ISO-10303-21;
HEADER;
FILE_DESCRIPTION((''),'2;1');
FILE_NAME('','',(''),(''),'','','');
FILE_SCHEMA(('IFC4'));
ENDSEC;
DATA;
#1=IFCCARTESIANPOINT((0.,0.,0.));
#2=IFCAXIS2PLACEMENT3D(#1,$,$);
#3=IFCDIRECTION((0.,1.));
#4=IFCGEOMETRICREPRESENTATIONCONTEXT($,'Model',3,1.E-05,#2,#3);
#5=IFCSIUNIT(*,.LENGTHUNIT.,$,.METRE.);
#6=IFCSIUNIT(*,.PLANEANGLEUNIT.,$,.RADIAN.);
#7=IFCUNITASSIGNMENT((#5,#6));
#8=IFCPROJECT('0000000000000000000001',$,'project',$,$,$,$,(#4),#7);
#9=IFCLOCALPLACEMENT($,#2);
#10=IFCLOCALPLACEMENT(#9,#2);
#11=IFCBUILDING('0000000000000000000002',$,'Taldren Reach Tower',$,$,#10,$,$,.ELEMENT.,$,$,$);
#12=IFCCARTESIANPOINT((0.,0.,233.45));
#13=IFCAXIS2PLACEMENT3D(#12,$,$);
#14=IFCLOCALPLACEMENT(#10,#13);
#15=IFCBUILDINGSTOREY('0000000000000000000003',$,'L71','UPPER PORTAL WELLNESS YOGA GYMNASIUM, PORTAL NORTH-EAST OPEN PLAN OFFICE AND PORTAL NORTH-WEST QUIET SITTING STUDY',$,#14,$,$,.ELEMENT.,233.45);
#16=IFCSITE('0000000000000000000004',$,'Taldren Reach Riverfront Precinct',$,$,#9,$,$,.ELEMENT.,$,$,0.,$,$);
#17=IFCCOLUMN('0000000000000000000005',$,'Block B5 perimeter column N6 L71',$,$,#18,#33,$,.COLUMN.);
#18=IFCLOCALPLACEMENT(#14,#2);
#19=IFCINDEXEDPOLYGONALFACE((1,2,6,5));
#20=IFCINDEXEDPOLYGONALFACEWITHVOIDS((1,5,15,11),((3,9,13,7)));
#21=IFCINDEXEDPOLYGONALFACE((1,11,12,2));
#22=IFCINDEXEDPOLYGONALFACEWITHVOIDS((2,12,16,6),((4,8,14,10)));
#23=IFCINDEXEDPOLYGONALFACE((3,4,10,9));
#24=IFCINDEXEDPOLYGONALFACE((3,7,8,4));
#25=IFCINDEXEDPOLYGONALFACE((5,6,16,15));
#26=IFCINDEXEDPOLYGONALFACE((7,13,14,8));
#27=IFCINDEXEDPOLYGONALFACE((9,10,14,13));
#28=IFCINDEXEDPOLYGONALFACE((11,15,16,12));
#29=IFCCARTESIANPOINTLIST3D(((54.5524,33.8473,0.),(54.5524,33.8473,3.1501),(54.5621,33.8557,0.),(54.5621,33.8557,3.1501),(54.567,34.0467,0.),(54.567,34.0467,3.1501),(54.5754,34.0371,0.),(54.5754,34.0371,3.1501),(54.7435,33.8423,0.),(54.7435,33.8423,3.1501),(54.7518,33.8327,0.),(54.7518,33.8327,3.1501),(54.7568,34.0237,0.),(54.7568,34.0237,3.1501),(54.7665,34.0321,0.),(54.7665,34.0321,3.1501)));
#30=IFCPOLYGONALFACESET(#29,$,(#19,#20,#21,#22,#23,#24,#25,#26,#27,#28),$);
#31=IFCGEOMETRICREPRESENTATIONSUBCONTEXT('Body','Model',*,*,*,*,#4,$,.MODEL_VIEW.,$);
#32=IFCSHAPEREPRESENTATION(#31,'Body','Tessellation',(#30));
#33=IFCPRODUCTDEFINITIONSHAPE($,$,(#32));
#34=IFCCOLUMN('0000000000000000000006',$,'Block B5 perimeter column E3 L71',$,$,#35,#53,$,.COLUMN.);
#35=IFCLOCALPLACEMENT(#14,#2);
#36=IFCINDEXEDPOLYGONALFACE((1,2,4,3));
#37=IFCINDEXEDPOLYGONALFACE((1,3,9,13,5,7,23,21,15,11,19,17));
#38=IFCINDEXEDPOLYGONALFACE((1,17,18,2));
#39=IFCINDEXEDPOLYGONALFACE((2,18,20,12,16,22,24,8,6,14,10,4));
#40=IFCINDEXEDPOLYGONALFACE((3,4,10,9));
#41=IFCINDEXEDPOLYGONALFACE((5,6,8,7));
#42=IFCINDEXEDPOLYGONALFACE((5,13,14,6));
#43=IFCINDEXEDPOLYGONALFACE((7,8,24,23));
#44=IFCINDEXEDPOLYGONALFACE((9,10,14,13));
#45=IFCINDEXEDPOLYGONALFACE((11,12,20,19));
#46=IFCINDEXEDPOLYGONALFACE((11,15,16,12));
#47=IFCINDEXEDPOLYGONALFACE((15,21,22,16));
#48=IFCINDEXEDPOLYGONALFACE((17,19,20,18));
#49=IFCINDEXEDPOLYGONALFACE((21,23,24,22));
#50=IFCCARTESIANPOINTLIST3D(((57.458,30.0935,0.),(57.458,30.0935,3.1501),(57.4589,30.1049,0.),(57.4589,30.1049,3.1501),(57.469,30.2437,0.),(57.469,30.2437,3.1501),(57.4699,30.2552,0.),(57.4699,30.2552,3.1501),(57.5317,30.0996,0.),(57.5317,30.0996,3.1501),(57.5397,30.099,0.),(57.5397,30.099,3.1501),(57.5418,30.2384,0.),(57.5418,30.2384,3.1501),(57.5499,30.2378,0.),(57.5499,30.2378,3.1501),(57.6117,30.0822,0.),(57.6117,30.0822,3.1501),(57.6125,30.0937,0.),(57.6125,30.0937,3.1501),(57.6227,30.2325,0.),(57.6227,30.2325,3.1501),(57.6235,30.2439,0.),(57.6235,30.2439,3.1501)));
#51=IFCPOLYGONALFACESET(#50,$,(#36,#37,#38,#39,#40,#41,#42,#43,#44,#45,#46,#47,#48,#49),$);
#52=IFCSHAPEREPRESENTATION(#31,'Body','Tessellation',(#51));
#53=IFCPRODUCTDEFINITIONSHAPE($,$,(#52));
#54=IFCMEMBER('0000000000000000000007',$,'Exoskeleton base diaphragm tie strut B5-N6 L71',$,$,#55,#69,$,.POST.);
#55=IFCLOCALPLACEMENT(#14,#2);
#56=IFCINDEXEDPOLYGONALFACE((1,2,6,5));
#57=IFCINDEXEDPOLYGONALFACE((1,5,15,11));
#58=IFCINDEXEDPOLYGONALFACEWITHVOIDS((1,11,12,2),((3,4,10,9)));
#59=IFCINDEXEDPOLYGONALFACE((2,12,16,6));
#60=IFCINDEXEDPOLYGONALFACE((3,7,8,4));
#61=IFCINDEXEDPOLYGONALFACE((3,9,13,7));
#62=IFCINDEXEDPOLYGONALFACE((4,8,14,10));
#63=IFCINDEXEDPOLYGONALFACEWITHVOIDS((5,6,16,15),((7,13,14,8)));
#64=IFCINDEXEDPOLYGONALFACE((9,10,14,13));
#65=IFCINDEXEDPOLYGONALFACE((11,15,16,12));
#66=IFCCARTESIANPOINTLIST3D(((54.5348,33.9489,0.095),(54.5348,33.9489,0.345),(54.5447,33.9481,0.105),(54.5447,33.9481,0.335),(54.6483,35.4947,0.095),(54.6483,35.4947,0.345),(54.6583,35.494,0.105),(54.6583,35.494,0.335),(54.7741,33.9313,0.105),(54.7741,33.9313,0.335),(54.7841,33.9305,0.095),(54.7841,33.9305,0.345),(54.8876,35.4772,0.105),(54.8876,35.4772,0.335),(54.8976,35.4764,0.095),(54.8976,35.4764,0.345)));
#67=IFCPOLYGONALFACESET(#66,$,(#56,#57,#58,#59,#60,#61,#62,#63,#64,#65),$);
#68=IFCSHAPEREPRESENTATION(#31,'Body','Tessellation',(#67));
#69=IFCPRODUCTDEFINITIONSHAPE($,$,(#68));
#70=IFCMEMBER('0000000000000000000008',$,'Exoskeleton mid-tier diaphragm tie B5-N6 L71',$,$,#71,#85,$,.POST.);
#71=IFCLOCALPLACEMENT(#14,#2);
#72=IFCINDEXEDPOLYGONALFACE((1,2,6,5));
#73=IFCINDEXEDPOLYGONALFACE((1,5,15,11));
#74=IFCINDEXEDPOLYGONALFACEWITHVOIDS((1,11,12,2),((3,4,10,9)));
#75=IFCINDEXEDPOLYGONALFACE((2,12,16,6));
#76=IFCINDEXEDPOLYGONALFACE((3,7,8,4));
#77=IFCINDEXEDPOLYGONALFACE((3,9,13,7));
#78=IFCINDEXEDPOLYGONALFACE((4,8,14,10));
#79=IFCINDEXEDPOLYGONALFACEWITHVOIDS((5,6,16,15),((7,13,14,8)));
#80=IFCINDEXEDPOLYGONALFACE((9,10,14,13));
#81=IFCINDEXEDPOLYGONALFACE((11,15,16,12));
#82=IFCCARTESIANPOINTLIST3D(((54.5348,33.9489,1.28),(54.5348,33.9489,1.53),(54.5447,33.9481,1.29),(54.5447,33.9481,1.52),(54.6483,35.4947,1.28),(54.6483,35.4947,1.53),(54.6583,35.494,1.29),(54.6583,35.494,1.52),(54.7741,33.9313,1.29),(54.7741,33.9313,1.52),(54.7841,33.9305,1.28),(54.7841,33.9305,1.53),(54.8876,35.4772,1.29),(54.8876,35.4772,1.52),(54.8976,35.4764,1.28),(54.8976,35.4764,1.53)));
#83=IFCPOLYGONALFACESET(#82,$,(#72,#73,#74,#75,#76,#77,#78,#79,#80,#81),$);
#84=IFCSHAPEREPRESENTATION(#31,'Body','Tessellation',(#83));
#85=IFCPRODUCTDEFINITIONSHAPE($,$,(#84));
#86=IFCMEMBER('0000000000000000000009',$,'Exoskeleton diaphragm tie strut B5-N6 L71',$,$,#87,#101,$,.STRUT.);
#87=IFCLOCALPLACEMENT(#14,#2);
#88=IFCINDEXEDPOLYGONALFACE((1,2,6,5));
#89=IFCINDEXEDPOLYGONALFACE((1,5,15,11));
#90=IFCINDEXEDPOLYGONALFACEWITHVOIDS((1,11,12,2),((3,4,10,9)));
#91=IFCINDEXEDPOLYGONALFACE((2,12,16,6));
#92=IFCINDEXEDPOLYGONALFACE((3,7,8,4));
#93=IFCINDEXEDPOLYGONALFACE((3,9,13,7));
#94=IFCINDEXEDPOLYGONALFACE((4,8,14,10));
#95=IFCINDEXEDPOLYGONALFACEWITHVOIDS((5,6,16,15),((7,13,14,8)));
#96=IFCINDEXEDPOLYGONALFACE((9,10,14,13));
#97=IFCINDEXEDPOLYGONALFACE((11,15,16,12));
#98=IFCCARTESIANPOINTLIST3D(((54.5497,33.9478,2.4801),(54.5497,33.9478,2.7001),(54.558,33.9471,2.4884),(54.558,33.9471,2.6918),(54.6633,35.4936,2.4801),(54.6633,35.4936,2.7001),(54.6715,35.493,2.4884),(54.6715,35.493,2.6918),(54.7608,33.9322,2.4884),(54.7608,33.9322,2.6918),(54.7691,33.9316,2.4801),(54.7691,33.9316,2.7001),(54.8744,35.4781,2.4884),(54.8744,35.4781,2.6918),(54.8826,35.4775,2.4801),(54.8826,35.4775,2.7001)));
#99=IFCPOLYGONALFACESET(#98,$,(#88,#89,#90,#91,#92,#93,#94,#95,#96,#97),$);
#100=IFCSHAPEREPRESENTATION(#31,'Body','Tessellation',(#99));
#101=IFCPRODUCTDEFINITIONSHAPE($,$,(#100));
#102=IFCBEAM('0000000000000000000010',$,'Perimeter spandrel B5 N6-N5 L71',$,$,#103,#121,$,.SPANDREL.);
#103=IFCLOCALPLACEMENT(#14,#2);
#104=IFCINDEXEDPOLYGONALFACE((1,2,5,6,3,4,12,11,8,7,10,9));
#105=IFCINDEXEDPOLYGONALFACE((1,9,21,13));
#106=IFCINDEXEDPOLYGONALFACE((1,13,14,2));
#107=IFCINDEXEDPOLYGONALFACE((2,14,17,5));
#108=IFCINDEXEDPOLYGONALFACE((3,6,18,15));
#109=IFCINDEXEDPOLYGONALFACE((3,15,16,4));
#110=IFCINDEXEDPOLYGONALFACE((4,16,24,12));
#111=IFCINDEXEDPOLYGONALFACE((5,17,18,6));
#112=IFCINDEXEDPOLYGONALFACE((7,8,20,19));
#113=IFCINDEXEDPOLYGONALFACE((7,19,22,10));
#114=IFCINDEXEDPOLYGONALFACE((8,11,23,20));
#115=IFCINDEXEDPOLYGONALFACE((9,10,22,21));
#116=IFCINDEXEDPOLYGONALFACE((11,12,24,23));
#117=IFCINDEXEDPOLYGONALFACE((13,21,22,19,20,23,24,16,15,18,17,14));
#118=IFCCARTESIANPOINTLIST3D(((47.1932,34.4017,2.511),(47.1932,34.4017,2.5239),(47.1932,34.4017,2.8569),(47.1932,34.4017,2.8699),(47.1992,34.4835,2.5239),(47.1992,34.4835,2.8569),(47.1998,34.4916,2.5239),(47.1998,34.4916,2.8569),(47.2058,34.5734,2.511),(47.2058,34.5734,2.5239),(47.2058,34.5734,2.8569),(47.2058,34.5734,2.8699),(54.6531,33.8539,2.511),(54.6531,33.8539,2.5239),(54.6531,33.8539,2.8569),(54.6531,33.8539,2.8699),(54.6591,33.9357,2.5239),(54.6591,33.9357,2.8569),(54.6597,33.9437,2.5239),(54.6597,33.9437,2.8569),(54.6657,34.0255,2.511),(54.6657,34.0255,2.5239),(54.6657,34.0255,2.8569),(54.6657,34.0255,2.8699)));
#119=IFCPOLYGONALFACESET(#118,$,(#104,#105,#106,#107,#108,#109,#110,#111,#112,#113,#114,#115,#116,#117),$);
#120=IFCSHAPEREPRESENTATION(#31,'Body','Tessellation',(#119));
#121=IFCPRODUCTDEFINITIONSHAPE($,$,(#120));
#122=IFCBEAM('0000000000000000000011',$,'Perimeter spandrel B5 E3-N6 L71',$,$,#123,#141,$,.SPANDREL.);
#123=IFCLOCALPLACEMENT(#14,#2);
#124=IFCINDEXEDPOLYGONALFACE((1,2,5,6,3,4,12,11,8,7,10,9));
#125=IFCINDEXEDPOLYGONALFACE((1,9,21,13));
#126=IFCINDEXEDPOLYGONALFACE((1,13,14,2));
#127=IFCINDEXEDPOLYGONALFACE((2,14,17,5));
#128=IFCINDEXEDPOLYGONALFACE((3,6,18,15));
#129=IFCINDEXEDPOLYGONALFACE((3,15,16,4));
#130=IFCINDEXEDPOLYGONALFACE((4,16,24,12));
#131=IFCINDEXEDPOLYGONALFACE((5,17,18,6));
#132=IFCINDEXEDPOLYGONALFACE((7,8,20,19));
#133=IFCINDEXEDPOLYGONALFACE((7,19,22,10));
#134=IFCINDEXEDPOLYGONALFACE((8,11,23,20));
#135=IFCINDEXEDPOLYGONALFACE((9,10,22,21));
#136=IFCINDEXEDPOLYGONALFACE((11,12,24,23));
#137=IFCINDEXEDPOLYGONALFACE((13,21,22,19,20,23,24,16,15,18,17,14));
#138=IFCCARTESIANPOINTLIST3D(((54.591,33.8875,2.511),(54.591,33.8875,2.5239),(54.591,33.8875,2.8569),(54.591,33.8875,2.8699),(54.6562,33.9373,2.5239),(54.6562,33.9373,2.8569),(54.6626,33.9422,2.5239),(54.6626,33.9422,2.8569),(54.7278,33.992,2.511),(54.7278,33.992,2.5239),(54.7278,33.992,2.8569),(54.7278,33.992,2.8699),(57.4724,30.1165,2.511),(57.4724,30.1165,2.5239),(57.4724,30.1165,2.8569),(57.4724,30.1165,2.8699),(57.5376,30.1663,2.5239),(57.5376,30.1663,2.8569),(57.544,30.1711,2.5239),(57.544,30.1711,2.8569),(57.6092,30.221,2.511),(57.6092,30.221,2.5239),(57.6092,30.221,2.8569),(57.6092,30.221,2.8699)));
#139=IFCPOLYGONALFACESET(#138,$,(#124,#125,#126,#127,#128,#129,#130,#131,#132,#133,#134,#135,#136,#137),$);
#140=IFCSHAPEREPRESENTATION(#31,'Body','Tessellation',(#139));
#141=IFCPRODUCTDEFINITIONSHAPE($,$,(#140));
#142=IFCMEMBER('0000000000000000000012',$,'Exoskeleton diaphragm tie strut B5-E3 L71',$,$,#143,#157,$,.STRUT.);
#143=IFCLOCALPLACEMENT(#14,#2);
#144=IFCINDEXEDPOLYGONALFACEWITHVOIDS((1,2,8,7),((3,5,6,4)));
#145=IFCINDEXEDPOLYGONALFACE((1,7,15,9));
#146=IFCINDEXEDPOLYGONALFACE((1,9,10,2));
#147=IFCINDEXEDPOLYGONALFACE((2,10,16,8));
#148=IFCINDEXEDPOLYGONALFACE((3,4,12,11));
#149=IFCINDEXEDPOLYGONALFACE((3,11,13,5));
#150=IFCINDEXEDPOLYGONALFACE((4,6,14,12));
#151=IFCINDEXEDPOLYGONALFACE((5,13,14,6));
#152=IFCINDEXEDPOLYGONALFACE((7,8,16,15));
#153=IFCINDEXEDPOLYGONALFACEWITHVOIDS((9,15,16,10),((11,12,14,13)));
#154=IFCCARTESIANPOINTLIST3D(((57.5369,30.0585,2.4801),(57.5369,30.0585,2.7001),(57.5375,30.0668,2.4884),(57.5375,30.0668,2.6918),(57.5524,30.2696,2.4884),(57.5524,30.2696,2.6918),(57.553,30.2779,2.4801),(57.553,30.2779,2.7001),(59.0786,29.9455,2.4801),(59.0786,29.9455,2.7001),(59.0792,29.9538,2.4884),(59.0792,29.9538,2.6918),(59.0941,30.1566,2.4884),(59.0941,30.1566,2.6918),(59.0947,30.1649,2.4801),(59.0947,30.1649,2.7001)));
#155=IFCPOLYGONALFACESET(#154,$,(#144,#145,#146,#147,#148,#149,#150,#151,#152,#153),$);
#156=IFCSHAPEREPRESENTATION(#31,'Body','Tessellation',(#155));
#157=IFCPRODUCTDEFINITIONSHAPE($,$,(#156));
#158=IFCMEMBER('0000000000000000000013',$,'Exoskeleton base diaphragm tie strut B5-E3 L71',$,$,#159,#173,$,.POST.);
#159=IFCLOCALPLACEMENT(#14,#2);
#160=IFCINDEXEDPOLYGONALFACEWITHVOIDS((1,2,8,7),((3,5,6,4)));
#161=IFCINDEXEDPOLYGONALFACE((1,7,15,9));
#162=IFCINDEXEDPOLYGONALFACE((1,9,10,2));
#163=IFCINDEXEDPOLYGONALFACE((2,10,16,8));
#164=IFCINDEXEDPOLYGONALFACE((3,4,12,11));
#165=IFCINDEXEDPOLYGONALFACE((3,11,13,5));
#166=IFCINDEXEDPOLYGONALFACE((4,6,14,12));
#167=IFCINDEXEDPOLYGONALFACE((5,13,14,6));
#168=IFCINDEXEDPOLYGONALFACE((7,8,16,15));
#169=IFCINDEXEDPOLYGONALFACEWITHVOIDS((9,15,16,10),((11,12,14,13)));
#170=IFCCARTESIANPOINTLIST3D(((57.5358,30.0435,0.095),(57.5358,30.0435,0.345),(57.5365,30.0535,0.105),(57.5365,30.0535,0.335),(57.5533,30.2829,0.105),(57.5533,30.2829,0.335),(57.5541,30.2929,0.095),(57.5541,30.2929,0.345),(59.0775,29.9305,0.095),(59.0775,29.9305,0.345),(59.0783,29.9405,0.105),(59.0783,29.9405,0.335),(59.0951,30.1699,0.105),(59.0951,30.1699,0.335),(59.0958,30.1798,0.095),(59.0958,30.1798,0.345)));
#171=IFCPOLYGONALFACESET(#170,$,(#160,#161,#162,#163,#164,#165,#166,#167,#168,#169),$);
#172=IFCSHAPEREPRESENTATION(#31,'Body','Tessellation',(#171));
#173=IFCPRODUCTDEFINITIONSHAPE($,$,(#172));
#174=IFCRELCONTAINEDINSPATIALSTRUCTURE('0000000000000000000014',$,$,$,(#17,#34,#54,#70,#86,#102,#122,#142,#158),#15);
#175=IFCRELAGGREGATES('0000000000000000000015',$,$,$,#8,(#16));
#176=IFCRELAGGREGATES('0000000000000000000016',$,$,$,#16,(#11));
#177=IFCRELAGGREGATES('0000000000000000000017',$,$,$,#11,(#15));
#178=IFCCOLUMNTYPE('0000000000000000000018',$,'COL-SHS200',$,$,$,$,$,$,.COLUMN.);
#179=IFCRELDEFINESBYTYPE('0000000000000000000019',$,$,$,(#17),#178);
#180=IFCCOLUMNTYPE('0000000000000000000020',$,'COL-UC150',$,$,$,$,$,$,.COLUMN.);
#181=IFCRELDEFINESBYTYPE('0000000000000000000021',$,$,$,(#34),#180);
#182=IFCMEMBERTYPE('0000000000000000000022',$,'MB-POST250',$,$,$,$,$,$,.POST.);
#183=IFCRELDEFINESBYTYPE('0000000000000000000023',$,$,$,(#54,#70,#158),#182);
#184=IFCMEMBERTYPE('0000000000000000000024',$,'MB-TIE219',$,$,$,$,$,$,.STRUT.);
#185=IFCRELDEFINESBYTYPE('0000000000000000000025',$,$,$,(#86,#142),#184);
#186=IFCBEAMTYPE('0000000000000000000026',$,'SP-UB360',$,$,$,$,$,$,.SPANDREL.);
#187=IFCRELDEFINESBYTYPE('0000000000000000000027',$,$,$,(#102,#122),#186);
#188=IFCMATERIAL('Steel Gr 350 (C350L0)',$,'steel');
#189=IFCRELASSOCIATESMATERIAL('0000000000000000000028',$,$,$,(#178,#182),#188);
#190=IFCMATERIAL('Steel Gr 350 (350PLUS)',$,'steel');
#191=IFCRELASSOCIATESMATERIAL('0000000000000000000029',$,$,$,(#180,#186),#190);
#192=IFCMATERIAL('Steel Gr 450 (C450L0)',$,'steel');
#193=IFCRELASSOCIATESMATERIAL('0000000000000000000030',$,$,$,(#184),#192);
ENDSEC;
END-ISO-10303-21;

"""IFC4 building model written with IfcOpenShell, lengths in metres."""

from ifc_helpers import new_model, si_unit, direction, frame, origin, origin_2d, place, context, subcontext, project, spatial, hollow_rectangle, i_section, extrude, source, transform, mapped, material, material_profile, profile_set, type_object, element, save


model = new_model("IFC4")

# Units and contexts
model_context = context("Model", 3, precision=1e-05, world=origin(), true_north=direction((0.0, 1.0)))
body_context = subcontext(model_context, "Body", "Model", "MODEL_VIEW")
ifc_project = project(units=[si_unit("LENGTHUNIT", "METRE"), si_unit("PLANEANGLEUNIT", "RADIAN")], contexts=[model_context])

# Site, building, storey
site_placement = place(None, origin())
site = spatial("IfcSite", under=ifc_project, at=site_placement, Name="Taldren Reach Riverfront Precinct", CompositionType="ELEMENT", RefElevation=0.0)
building_placement = place(site_placement, origin())
building = spatial("IfcBuilding", under=site, at=building_placement, Name="Taldren Reach Tower", CompositionType="ELEMENT")
storey_placement = place(building_placement, frame((0.0, 0.0, 233.45)))
storey = spatial("IfcBuildingStorey", under=building, at=storey_placement, Name="L71", Description="UPPER PORTAL WELLNESS YOGA GYMNASIUM, PORTAL NORTH-EAST OPEN PLAN OFFICE AND PORTAL NORTH-WEST QUIET SITTING STUDY", CompositionType="ELEMENT", Elevation=233.45)

# Columns
ifc_material_1 = material(Name="Steel Gr 350 (C350L0)", Category="steel")
ifc_material_profile_1 = material_profile(ifc_material_1, hollow_rectangle(XDim=0.2, YDim=0.2, WallThickness=0.009, at=origin_2d()), Name="200x200x9.0SHS")
ifc_profile_set_1 = profile_set([ifc_material_profile_1], Name="Steel Gr 350 (C350L0)")
column_type_1 = type_object("IfcColumnType", Name="COL-SHS200", PredefinedType="COLUMN", material=ifc_profile_set_1)
shared_shape_1 = source(origin(), body_context, "Body", "SweptSolid", [
    extrude(hollow_rectangle(XDim=0.2, YDim=0.2, WallThickness=0.009, at=origin_2d()), origin(), (0.0, 0.0, 1.0), 3.1501),
])
column_1_placement = place(storey_placement, frame((54.6594, 33.9397, 0.0), z_axis=(0.0, 0.0, 1.0), x_axis=(0.997314, -0.073238, 0.0)))
element("IfcColumn", 1, at=column_1_placement, inside=storey, type_object=column_type_1, Name="Block B5 perimeter column N6 L71", PredefinedType="COLUMN", context=body_context, shape_type="MappedRepresentation", body=[
    mapped(shared_shape_1, transform((0.0, 0.0, 0.0), scale=1.0)),
])
ifc_material_2 = material(Name="Steel Gr 350 (350PLUS)", Category="steel")
ifc_material_profile_2 = material_profile(ifc_material_2, i_section(OverallWidth=0.1541, OverallDepth=0.1621, WebThickness=0.0081, FlangeThickness=0.0115, at=origin_2d()), Name="150UC37.2")
ifc_profile_set_2 = profile_set([ifc_material_profile_2], Name="Steel Gr 350 (350PLUS)")
column_type_2 = type_object("IfcColumnType", Name="COL-UC150", PredefinedType="COLUMN", material=ifc_profile_set_2)
shared_shape_2 = source(origin(), body_context, "Body", "SweptSolid", [
    extrude(i_section(OverallWidth=0.1541, OverallDepth=0.1621, WebThickness=0.0081, FlangeThickness=0.0115, at=origin_2d()), origin(), (0.0, 0.0, 1.0), 3.1501),
])
column_2_placement = place(storey_placement, frame((57.5408, 30.1687, 0.0), z_axis=(0.0, 0.0, 1.0), x_axis=(0.997314, -0.073238, 0.0)))
element("IfcColumn", 2, at=column_2_placement, inside=storey, type_object=column_type_2, Name="Block B5 perimeter column E3 L71", PredefinedType="COLUMN", context=body_context, shape_type="MappedRepresentation", body=[
    mapped(shared_shape_2, transform((0.0, 0.0, 0.0), scale=1.0)),
])

# Members
ifc_material_profile_3 = material_profile(ifc_material_1, hollow_rectangle(XDim=0.25, YDim=0.25, WallThickness=0.01, at=origin_2d()), Name="250x250x10.0SHS")
ifc_profile_set_3 = profile_set([ifc_material_profile_3], Name="Steel Gr 350 (C350L0)")
member_type_1 = type_object("IfcMemberType", Name="MB-POST250", PredefinedType="POST", material=ifc_profile_set_3)
shared_shape_3 = source(origin(), body_context, "Body", "SweptSolid", [
    extrude(hollow_rectangle(XDim=0.25, YDim=0.25, WallThickness=0.01, at=origin_2d()), origin(), (0.0, 0.0, 1.0), 1.55),
])
for number, where, z_axis, x_axis, name in (
    (3, (54.6594, 33.9397, 0.22), (0.073239, 0.997314, 0.0), (-0.997314, 0.073239, 0.0), "Exoskeleton base diaphragm tie strut B5-N6 L71"),
    (4, (54.6594, 33.9397, 1.405), (0.073239, 0.997314, 0.0), (-0.997314, 0.073239, 0.0), "Exoskeleton mid-tier diaphragm tie B5-N6 L71"),
):
    element("IfcMember", number, at=place(storey_placement, frame(where, z_axis=z_axis, x_axis=x_axis)), inside=storey, type_object=member_type_1, Name=name, PredefinedType="POST", context=body_context, shape_type="MappedRepresentation", body=[
        mapped(shared_shape_3, transform((0.0, 0.0, 0.0), scale=1.0)),
    ])
ifc_material_3 = material(Name="Steel Gr 450 (C450L0)", Category="steel")
ifc_material_profile_4 = material_profile(ifc_material_3, hollow_rectangle(XDim=0.22, YDim=0.22, WallThickness=0.0083, at=origin_2d()), Name="220x220x8.2SHS")
ifc_profile_set_4 = profile_set([ifc_material_profile_4], Name="Steel Gr 450 (C450L0)")
member_type_2 = type_object("IfcMemberType", Name="MB-TIE219", PredefinedType="STRUT", material=ifc_profile_set_4)
shared_shape_4 = source(origin(), body_context, "Body", "SweptSolid", [
    extrude(hollow_rectangle(XDim=0.22, YDim=0.22, WallThickness=0.0083, at=origin_2d()), origin(), (0.0, 0.0, 1.0), 1.55),
])
member_1_placement = place(storey_placement, frame((54.6594, 33.9397, 2.5901), z_axis=(0.073239, 0.997314, 0.0), x_axis=(-0.997314, 0.073239, 0.0)))
element("IfcMember", 5, at=member_1_placement, inside=storey, type_object=member_type_2, Name="Exoskeleton diaphragm tie strut B5-N6 L71", PredefinedType="STRUT", context=body_context, shape_type="MappedRepresentation", body=[
    mapped(shared_shape_4, transform((0.0, 0.0, 0.0), scale=1.0)),
])

# Beams
ifc_material_profile_5 = material_profile(ifc_material_2, i_section(OverallWidth=0.1721, OverallDepth=0.3589, WebThickness=0.0081, FlangeThickness=0.0129, at=origin_2d()), Name="360UB56.7")
ifc_profile_set_5 = profile_set([ifc_material_profile_5], Name="Steel Gr 350 (350PLUS)")
beam_type = type_object("IfcBeamType", Name="SP-UB360", PredefinedType="SPANDREL", material=ifc_profile_set_5)
shared_shape_5 = source(origin(), body_context, "Body", "SweptSolid", [
    extrude(i_section(OverallWidth=0.1721, OverallDepth=0.3589, WebThickness=0.0081, FlangeThickness=0.0129, at=origin_2d()), origin(), (0.0, 0.0, 1.0), 7.48),
])
beam_1_placement = place(storey_placement, frame((54.6594, 33.9397, 2.6904), z_axis=(-0.997314, 0.073242, 0.0), x_axis=(-0.073242, -0.997314, 0.0)))
element("IfcBeam", 6, at=beam_1_placement, inside=storey, type_object=beam_type, Name="Perimeter spandrel B5 N6-N5 L71", PredefinedType="SPANDREL", context=body_context, shape_type="MappedRepresentation", body=[
    mapped(shared_shape_5, transform((0.0, 0.0, 0.0), scale=1.0)),
])
shared_shape_6 = source(origin(), body_context, "Body", "SweptSolid", [
    extrude(i_section(OverallWidth=0.1721, OverallDepth=0.3589, WebThickness=0.0081, FlangeThickness=0.0129, at=origin_2d()), origin(), (0.0, 0.0, 1.0), 4.7458),
])
beam_2_placement = place(storey_placement, frame((57.5408, 30.1687, 2.6904), z_axis=(-0.607137, 0.794597, 0.0), x_axis=(-0.794597, -0.607137, 0.0)))
element("IfcBeam", 7, at=beam_2_placement, inside=storey, type_object=beam_type, Name="Perimeter spandrel B5 E3-N6 L71", PredefinedType="SPANDREL", context=body_context, shape_type="MappedRepresentation", body=[
    mapped(shared_shape_6, transform((0.0, 0.0, 0.0), scale=1.0)),
])

# Members
shared_shape_7 = source(origin(), body_context, "Body", "SweptSolid", [
    extrude(hollow_rectangle(XDim=0.22, YDim=0.22, WallThickness=0.0083, at=origin_2d()), origin(), (0.0, 0.0, 1.0), 1.5459),
])
member_2_placement = place(storey_placement, frame((57.5449, 30.1682, 2.5901), z_axis=(0.997323, -0.073121, 0.0), x_axis=(0.073121, 0.997323, 0.0)))
element("IfcMember", 8, at=member_2_placement, inside=storey, type_object=member_type_2, Name="Exoskeleton diaphragm tie strut B5-E3 L71", PredefinedType="STRUT", context=body_context, shape_type="MappedRepresentation", body=[
    mapped(shared_shape_7, transform((0.0, 0.0, 0.0), scale=1.0)),
])
shared_shape_8 = source(origin(), body_context, "Body", "SweptSolid", [
    extrude(hollow_rectangle(XDim=0.25, YDim=0.25, WallThickness=0.01, at=origin_2d()), origin(), (0.0, 0.0, 1.0), 1.5459),
])
for number, where, z_axis, x_axis, name in (
    (9, (57.5449, 30.1682, 0.22), (0.997323, -0.073121, 0.0), (0.073121, 0.997323, 0.0), "Exoskeleton base diaphragm tie strut B5-E3 L71"),
):
    element("IfcMember", number, at=place(storey_placement, frame(where, z_axis=z_axis, x_axis=x_axis)), inside=storey, type_object=member_type_1, Name=name, PredefinedType="POST", context=body_context, shape_type="MappedRepresentation", body=[
        mapped(shared_shape_8, transform((0.0, 0.0, 0.0), scale=1.0)),
    ])

save(model, "model.ifc")
